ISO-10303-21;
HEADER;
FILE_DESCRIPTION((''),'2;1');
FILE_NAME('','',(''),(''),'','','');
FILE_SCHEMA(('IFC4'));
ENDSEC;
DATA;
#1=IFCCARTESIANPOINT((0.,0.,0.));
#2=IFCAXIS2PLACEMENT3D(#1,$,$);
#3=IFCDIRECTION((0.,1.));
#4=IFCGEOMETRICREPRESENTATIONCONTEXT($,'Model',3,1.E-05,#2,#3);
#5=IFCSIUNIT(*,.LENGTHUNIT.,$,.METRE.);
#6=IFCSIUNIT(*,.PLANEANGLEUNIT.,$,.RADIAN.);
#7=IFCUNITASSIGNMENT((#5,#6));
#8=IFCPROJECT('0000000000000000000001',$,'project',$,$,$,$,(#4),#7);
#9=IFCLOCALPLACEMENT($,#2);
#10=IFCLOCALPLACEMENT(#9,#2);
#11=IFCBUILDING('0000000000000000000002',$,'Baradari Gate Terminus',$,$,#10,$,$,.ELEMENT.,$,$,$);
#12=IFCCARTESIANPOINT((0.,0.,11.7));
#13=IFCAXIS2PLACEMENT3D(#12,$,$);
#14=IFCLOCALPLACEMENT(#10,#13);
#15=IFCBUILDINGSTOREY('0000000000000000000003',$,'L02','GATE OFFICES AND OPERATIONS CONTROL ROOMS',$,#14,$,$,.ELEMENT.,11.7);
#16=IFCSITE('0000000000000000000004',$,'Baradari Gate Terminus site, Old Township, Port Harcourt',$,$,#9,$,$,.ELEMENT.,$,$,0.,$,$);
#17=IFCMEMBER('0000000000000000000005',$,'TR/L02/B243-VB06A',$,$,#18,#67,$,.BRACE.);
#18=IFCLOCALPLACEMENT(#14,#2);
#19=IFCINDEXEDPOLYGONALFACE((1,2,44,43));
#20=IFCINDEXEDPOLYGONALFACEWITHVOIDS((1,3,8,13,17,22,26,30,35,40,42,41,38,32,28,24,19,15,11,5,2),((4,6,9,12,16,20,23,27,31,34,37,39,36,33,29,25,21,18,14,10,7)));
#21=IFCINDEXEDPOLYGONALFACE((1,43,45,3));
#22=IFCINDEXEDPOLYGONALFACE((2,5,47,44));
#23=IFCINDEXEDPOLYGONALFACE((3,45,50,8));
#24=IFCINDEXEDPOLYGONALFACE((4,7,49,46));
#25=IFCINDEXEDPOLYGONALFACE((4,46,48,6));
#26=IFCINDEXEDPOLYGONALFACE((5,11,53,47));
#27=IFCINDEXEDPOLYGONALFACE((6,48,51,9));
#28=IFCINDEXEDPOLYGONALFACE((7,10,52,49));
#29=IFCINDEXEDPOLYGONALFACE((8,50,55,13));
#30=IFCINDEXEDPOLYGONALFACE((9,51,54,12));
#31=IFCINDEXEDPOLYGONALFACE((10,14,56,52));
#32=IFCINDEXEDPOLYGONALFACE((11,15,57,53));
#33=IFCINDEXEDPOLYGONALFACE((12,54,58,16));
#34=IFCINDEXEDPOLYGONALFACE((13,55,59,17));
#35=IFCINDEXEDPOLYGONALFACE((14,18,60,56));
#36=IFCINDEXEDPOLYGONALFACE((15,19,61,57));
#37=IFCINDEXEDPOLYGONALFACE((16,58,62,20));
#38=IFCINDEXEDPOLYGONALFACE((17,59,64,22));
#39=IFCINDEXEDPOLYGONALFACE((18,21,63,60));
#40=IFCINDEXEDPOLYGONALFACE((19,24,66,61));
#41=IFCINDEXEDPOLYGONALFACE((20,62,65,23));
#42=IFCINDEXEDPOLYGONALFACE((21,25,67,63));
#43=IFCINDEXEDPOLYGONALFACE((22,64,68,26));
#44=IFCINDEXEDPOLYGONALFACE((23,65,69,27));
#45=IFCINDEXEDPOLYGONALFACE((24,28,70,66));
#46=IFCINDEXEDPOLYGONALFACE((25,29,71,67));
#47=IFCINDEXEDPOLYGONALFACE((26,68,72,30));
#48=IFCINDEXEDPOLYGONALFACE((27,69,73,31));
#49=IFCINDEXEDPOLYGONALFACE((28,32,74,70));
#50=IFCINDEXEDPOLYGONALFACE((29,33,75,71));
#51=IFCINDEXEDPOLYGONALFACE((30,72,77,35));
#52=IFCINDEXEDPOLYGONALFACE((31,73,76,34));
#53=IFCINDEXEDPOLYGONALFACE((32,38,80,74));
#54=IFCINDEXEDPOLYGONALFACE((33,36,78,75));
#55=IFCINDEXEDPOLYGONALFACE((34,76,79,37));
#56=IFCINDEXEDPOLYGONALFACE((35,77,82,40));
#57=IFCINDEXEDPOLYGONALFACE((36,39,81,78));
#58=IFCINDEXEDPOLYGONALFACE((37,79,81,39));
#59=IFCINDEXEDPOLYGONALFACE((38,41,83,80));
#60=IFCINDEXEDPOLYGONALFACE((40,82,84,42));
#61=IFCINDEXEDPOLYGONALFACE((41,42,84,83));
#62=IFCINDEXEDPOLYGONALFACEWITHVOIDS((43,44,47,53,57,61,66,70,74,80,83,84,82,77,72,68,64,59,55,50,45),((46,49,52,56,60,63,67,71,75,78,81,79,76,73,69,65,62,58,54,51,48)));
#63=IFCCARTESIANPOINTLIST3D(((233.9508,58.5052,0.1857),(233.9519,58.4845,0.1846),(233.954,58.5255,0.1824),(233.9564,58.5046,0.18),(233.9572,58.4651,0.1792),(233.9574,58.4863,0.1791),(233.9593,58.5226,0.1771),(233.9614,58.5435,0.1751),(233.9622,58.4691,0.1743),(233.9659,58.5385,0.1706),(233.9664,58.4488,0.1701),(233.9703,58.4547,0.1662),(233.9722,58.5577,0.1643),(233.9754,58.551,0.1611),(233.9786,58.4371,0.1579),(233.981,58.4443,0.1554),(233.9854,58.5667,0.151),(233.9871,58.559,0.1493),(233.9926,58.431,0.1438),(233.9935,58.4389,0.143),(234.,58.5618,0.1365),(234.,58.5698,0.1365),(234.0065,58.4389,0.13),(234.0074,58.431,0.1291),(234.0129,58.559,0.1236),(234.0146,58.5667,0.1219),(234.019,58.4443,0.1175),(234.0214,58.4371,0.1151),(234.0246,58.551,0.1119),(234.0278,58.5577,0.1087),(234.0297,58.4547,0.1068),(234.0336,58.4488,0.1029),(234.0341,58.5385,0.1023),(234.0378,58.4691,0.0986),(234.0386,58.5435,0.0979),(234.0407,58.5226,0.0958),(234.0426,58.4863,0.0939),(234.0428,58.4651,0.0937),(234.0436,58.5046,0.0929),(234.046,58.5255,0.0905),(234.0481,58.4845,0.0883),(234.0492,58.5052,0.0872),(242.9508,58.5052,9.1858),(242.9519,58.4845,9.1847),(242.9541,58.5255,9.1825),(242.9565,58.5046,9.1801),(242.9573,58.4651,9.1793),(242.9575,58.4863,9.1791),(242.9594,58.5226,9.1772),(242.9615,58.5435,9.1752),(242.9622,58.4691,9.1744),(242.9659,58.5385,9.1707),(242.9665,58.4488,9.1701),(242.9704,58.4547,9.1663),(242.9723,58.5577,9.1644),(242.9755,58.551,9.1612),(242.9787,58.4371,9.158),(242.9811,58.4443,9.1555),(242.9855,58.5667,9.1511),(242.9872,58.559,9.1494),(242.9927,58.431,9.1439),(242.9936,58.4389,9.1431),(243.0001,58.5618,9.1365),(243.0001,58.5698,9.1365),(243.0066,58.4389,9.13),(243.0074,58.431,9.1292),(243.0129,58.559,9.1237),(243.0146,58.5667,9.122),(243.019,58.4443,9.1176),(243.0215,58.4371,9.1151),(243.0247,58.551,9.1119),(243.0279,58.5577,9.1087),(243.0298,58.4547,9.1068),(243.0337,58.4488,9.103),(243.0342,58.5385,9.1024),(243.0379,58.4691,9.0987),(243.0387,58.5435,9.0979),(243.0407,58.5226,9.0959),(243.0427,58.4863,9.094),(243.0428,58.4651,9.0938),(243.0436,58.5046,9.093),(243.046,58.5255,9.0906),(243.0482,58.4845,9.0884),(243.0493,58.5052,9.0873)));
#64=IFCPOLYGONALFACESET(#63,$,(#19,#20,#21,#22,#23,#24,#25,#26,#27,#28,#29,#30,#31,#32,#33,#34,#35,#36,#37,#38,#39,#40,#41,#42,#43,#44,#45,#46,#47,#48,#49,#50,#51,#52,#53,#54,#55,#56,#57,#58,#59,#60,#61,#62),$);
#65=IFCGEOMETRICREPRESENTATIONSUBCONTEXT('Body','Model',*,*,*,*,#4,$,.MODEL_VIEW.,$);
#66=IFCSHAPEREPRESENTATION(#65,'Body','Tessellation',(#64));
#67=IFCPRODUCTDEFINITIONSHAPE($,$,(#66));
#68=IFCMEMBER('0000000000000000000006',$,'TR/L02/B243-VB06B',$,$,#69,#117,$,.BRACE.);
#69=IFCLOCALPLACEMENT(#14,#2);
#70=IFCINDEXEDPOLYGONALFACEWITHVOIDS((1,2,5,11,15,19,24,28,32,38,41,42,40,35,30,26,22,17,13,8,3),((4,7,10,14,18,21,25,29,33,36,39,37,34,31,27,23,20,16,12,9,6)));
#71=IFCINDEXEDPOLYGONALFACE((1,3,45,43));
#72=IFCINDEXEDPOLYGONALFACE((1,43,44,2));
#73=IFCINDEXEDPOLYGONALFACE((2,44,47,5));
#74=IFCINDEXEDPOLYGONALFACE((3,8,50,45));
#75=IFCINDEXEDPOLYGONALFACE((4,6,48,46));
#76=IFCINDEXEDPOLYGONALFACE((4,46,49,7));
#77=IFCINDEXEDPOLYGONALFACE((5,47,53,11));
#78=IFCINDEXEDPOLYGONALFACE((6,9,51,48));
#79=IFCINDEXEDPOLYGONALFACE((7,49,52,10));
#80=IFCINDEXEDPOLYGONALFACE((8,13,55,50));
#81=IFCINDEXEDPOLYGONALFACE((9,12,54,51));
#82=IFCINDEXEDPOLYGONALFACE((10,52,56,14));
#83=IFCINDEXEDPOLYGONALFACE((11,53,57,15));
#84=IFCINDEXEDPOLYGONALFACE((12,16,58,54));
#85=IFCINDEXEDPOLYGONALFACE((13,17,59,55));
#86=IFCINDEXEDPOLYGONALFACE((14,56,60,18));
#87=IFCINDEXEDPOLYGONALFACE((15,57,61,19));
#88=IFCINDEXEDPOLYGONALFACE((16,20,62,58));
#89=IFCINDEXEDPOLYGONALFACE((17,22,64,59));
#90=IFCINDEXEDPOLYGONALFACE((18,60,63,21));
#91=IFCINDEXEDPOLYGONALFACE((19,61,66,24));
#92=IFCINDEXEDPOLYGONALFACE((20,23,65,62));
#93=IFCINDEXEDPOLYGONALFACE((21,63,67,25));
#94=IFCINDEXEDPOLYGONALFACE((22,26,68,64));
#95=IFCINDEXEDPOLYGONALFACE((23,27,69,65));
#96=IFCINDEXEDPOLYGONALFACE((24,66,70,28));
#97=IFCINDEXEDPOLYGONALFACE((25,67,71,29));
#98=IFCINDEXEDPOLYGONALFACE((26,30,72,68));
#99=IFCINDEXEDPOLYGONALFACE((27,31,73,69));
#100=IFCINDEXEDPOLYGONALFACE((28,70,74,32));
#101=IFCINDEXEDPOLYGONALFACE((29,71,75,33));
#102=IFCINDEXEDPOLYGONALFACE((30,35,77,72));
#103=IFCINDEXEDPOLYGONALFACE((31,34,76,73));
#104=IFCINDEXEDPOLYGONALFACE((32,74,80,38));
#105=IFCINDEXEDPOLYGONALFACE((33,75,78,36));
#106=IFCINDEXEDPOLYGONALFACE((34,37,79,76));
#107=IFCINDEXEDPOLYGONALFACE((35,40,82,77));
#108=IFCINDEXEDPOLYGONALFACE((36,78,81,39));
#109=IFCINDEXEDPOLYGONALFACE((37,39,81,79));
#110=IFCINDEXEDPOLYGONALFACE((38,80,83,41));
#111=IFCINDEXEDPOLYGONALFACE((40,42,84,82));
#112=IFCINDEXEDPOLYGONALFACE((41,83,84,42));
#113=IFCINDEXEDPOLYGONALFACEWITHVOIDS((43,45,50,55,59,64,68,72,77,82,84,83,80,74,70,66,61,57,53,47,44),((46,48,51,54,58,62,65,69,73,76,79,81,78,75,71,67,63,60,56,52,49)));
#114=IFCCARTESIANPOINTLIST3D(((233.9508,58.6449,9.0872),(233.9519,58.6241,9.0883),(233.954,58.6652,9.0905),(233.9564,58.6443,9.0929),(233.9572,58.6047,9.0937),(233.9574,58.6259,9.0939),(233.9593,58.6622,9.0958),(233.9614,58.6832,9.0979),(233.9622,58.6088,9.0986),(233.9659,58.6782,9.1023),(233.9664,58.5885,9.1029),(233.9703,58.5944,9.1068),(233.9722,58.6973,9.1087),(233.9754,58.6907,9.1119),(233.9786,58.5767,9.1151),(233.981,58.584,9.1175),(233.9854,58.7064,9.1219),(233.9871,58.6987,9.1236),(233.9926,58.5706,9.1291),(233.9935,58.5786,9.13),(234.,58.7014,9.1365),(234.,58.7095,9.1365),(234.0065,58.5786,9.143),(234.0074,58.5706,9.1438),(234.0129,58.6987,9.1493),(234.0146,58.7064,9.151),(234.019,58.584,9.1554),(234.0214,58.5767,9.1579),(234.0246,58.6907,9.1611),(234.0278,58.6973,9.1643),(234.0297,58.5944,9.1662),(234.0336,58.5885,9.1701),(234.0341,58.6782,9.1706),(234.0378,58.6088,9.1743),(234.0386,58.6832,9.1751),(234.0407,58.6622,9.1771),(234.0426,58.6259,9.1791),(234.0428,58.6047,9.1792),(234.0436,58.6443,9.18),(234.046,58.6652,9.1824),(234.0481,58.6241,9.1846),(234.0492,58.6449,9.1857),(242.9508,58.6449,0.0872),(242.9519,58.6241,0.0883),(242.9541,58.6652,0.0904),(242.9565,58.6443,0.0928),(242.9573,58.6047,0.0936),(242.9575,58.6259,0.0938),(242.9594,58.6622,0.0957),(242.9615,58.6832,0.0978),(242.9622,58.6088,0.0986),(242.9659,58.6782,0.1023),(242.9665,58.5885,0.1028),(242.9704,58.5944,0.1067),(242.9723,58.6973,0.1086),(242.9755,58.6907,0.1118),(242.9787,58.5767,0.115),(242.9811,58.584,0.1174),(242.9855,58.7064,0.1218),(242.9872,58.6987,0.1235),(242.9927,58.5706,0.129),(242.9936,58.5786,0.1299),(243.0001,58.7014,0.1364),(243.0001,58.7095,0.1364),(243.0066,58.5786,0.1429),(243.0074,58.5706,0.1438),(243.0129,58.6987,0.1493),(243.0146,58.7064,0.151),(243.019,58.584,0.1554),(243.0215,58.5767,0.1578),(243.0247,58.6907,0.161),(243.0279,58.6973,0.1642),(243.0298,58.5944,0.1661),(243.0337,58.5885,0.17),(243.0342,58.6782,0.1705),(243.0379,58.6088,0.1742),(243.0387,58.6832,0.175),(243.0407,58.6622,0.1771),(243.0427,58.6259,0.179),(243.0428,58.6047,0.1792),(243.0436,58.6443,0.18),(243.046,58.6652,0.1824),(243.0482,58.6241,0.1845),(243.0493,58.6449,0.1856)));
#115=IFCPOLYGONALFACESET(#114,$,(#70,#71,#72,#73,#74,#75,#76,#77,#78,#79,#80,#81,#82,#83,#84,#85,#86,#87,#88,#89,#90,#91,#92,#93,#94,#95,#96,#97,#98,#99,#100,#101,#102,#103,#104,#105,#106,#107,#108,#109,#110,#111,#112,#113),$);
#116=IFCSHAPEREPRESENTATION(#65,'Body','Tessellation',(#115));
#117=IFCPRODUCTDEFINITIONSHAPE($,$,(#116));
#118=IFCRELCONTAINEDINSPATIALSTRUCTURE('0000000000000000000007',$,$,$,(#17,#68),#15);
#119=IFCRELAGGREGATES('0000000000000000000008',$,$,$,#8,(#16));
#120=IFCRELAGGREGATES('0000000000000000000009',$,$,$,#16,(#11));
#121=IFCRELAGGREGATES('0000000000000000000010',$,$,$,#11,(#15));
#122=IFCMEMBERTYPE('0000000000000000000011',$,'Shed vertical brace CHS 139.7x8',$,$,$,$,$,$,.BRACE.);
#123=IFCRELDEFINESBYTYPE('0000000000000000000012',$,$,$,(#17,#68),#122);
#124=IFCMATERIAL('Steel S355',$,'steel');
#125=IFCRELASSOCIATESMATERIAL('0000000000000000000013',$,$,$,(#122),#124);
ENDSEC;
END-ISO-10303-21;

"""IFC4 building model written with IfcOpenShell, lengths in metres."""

from ifc_helpers import new_model, si_unit, direction, frame, origin, origin_2d, place, context, subcontext, project, spatial, hollow_circle, extrude, material, material_profile, profile_set, type_object, element, save


model = new_model("IFC4")

# Units and contexts
model_context = context("Model", 3, precision=1e-05, world=origin(), true_north=direction((0.0, 1.0)))
body_context = subcontext(model_context, "Body", "Model", "MODEL_VIEW")
ifc_project = project(units=[si_unit("LENGTHUNIT", "METRE"), si_unit("PLANEANGLEUNIT", "RADIAN")], contexts=[model_context])

# Site, building, storey
site_placement = place(None, origin())
site = spatial("IfcSite", under=ifc_project, at=site_placement, Name="Baradari Gate Terminus site, Old Township, Port Harcourt", CompositionType="ELEMENT", RefElevation=0.0)
building_placement = place(site_placement, origin())
building = spatial("IfcBuilding", under=site, at=building_placement, Name="Baradari Gate Terminus", CompositionType="ELEMENT")
storey_placement = place(building_placement, frame((0.0, 0.0, 11.7)))
storey = spatial("IfcBuildingStorey", under=building, at=storey_placement, Name="L02", Description="GATE OFFICES AND OPERATIONS CONTROL ROOMS", CompositionType="ELEMENT", Elevation=11.7)

# Members
ifc_material_1 = material(Name="Steel S355", Category="steel")
ifc_material_profile_1 = material_profile(ifc_material_1, hollow_circle(Radius=0.0698, WallThickness=0.0081, at=origin_2d()), Name="CHS 139.7x8")
ifc_profile_set_1 = profile_set([ifc_material_profile_1], Name="Steel S355")
member_type_1 = type_object("IfcMemberType", Name="Shed vertical brace CHS 139.7x8", PredefinedType="BRACE", material=ifc_profile_set_1)
for number, where, z_axis, x_axis, name in (
    (1, (234.0, 58.5, 0.1365), (0.707107, 0.0, 0.707107), (0.0, 1.0, 0.0), "TR/L02/B243-VB06A"),
    (2, (234.0, 58.6396, 9.1365), (0.707107, 0.0, -0.707107), (0.0, 1.0, 0.0), "TR/L02/B243-VB06B"),
):
    element("IfcMember", number, at=place(storey_placement, frame(where, z_axis=z_axis, x_axis=x_axis)), inside=storey, type_object=member_type_1, Name=name, PredefinedType="BRACE", context=body_context, shape_type="SweptSolid", body=[
        extrude(hollow_circle(Radius=0.0698, WallThickness=0.0081, at=origin_2d()), origin(), (0.0, 0.0, 1.0), 12.728),
    ])

save(model, "model.ifc")
